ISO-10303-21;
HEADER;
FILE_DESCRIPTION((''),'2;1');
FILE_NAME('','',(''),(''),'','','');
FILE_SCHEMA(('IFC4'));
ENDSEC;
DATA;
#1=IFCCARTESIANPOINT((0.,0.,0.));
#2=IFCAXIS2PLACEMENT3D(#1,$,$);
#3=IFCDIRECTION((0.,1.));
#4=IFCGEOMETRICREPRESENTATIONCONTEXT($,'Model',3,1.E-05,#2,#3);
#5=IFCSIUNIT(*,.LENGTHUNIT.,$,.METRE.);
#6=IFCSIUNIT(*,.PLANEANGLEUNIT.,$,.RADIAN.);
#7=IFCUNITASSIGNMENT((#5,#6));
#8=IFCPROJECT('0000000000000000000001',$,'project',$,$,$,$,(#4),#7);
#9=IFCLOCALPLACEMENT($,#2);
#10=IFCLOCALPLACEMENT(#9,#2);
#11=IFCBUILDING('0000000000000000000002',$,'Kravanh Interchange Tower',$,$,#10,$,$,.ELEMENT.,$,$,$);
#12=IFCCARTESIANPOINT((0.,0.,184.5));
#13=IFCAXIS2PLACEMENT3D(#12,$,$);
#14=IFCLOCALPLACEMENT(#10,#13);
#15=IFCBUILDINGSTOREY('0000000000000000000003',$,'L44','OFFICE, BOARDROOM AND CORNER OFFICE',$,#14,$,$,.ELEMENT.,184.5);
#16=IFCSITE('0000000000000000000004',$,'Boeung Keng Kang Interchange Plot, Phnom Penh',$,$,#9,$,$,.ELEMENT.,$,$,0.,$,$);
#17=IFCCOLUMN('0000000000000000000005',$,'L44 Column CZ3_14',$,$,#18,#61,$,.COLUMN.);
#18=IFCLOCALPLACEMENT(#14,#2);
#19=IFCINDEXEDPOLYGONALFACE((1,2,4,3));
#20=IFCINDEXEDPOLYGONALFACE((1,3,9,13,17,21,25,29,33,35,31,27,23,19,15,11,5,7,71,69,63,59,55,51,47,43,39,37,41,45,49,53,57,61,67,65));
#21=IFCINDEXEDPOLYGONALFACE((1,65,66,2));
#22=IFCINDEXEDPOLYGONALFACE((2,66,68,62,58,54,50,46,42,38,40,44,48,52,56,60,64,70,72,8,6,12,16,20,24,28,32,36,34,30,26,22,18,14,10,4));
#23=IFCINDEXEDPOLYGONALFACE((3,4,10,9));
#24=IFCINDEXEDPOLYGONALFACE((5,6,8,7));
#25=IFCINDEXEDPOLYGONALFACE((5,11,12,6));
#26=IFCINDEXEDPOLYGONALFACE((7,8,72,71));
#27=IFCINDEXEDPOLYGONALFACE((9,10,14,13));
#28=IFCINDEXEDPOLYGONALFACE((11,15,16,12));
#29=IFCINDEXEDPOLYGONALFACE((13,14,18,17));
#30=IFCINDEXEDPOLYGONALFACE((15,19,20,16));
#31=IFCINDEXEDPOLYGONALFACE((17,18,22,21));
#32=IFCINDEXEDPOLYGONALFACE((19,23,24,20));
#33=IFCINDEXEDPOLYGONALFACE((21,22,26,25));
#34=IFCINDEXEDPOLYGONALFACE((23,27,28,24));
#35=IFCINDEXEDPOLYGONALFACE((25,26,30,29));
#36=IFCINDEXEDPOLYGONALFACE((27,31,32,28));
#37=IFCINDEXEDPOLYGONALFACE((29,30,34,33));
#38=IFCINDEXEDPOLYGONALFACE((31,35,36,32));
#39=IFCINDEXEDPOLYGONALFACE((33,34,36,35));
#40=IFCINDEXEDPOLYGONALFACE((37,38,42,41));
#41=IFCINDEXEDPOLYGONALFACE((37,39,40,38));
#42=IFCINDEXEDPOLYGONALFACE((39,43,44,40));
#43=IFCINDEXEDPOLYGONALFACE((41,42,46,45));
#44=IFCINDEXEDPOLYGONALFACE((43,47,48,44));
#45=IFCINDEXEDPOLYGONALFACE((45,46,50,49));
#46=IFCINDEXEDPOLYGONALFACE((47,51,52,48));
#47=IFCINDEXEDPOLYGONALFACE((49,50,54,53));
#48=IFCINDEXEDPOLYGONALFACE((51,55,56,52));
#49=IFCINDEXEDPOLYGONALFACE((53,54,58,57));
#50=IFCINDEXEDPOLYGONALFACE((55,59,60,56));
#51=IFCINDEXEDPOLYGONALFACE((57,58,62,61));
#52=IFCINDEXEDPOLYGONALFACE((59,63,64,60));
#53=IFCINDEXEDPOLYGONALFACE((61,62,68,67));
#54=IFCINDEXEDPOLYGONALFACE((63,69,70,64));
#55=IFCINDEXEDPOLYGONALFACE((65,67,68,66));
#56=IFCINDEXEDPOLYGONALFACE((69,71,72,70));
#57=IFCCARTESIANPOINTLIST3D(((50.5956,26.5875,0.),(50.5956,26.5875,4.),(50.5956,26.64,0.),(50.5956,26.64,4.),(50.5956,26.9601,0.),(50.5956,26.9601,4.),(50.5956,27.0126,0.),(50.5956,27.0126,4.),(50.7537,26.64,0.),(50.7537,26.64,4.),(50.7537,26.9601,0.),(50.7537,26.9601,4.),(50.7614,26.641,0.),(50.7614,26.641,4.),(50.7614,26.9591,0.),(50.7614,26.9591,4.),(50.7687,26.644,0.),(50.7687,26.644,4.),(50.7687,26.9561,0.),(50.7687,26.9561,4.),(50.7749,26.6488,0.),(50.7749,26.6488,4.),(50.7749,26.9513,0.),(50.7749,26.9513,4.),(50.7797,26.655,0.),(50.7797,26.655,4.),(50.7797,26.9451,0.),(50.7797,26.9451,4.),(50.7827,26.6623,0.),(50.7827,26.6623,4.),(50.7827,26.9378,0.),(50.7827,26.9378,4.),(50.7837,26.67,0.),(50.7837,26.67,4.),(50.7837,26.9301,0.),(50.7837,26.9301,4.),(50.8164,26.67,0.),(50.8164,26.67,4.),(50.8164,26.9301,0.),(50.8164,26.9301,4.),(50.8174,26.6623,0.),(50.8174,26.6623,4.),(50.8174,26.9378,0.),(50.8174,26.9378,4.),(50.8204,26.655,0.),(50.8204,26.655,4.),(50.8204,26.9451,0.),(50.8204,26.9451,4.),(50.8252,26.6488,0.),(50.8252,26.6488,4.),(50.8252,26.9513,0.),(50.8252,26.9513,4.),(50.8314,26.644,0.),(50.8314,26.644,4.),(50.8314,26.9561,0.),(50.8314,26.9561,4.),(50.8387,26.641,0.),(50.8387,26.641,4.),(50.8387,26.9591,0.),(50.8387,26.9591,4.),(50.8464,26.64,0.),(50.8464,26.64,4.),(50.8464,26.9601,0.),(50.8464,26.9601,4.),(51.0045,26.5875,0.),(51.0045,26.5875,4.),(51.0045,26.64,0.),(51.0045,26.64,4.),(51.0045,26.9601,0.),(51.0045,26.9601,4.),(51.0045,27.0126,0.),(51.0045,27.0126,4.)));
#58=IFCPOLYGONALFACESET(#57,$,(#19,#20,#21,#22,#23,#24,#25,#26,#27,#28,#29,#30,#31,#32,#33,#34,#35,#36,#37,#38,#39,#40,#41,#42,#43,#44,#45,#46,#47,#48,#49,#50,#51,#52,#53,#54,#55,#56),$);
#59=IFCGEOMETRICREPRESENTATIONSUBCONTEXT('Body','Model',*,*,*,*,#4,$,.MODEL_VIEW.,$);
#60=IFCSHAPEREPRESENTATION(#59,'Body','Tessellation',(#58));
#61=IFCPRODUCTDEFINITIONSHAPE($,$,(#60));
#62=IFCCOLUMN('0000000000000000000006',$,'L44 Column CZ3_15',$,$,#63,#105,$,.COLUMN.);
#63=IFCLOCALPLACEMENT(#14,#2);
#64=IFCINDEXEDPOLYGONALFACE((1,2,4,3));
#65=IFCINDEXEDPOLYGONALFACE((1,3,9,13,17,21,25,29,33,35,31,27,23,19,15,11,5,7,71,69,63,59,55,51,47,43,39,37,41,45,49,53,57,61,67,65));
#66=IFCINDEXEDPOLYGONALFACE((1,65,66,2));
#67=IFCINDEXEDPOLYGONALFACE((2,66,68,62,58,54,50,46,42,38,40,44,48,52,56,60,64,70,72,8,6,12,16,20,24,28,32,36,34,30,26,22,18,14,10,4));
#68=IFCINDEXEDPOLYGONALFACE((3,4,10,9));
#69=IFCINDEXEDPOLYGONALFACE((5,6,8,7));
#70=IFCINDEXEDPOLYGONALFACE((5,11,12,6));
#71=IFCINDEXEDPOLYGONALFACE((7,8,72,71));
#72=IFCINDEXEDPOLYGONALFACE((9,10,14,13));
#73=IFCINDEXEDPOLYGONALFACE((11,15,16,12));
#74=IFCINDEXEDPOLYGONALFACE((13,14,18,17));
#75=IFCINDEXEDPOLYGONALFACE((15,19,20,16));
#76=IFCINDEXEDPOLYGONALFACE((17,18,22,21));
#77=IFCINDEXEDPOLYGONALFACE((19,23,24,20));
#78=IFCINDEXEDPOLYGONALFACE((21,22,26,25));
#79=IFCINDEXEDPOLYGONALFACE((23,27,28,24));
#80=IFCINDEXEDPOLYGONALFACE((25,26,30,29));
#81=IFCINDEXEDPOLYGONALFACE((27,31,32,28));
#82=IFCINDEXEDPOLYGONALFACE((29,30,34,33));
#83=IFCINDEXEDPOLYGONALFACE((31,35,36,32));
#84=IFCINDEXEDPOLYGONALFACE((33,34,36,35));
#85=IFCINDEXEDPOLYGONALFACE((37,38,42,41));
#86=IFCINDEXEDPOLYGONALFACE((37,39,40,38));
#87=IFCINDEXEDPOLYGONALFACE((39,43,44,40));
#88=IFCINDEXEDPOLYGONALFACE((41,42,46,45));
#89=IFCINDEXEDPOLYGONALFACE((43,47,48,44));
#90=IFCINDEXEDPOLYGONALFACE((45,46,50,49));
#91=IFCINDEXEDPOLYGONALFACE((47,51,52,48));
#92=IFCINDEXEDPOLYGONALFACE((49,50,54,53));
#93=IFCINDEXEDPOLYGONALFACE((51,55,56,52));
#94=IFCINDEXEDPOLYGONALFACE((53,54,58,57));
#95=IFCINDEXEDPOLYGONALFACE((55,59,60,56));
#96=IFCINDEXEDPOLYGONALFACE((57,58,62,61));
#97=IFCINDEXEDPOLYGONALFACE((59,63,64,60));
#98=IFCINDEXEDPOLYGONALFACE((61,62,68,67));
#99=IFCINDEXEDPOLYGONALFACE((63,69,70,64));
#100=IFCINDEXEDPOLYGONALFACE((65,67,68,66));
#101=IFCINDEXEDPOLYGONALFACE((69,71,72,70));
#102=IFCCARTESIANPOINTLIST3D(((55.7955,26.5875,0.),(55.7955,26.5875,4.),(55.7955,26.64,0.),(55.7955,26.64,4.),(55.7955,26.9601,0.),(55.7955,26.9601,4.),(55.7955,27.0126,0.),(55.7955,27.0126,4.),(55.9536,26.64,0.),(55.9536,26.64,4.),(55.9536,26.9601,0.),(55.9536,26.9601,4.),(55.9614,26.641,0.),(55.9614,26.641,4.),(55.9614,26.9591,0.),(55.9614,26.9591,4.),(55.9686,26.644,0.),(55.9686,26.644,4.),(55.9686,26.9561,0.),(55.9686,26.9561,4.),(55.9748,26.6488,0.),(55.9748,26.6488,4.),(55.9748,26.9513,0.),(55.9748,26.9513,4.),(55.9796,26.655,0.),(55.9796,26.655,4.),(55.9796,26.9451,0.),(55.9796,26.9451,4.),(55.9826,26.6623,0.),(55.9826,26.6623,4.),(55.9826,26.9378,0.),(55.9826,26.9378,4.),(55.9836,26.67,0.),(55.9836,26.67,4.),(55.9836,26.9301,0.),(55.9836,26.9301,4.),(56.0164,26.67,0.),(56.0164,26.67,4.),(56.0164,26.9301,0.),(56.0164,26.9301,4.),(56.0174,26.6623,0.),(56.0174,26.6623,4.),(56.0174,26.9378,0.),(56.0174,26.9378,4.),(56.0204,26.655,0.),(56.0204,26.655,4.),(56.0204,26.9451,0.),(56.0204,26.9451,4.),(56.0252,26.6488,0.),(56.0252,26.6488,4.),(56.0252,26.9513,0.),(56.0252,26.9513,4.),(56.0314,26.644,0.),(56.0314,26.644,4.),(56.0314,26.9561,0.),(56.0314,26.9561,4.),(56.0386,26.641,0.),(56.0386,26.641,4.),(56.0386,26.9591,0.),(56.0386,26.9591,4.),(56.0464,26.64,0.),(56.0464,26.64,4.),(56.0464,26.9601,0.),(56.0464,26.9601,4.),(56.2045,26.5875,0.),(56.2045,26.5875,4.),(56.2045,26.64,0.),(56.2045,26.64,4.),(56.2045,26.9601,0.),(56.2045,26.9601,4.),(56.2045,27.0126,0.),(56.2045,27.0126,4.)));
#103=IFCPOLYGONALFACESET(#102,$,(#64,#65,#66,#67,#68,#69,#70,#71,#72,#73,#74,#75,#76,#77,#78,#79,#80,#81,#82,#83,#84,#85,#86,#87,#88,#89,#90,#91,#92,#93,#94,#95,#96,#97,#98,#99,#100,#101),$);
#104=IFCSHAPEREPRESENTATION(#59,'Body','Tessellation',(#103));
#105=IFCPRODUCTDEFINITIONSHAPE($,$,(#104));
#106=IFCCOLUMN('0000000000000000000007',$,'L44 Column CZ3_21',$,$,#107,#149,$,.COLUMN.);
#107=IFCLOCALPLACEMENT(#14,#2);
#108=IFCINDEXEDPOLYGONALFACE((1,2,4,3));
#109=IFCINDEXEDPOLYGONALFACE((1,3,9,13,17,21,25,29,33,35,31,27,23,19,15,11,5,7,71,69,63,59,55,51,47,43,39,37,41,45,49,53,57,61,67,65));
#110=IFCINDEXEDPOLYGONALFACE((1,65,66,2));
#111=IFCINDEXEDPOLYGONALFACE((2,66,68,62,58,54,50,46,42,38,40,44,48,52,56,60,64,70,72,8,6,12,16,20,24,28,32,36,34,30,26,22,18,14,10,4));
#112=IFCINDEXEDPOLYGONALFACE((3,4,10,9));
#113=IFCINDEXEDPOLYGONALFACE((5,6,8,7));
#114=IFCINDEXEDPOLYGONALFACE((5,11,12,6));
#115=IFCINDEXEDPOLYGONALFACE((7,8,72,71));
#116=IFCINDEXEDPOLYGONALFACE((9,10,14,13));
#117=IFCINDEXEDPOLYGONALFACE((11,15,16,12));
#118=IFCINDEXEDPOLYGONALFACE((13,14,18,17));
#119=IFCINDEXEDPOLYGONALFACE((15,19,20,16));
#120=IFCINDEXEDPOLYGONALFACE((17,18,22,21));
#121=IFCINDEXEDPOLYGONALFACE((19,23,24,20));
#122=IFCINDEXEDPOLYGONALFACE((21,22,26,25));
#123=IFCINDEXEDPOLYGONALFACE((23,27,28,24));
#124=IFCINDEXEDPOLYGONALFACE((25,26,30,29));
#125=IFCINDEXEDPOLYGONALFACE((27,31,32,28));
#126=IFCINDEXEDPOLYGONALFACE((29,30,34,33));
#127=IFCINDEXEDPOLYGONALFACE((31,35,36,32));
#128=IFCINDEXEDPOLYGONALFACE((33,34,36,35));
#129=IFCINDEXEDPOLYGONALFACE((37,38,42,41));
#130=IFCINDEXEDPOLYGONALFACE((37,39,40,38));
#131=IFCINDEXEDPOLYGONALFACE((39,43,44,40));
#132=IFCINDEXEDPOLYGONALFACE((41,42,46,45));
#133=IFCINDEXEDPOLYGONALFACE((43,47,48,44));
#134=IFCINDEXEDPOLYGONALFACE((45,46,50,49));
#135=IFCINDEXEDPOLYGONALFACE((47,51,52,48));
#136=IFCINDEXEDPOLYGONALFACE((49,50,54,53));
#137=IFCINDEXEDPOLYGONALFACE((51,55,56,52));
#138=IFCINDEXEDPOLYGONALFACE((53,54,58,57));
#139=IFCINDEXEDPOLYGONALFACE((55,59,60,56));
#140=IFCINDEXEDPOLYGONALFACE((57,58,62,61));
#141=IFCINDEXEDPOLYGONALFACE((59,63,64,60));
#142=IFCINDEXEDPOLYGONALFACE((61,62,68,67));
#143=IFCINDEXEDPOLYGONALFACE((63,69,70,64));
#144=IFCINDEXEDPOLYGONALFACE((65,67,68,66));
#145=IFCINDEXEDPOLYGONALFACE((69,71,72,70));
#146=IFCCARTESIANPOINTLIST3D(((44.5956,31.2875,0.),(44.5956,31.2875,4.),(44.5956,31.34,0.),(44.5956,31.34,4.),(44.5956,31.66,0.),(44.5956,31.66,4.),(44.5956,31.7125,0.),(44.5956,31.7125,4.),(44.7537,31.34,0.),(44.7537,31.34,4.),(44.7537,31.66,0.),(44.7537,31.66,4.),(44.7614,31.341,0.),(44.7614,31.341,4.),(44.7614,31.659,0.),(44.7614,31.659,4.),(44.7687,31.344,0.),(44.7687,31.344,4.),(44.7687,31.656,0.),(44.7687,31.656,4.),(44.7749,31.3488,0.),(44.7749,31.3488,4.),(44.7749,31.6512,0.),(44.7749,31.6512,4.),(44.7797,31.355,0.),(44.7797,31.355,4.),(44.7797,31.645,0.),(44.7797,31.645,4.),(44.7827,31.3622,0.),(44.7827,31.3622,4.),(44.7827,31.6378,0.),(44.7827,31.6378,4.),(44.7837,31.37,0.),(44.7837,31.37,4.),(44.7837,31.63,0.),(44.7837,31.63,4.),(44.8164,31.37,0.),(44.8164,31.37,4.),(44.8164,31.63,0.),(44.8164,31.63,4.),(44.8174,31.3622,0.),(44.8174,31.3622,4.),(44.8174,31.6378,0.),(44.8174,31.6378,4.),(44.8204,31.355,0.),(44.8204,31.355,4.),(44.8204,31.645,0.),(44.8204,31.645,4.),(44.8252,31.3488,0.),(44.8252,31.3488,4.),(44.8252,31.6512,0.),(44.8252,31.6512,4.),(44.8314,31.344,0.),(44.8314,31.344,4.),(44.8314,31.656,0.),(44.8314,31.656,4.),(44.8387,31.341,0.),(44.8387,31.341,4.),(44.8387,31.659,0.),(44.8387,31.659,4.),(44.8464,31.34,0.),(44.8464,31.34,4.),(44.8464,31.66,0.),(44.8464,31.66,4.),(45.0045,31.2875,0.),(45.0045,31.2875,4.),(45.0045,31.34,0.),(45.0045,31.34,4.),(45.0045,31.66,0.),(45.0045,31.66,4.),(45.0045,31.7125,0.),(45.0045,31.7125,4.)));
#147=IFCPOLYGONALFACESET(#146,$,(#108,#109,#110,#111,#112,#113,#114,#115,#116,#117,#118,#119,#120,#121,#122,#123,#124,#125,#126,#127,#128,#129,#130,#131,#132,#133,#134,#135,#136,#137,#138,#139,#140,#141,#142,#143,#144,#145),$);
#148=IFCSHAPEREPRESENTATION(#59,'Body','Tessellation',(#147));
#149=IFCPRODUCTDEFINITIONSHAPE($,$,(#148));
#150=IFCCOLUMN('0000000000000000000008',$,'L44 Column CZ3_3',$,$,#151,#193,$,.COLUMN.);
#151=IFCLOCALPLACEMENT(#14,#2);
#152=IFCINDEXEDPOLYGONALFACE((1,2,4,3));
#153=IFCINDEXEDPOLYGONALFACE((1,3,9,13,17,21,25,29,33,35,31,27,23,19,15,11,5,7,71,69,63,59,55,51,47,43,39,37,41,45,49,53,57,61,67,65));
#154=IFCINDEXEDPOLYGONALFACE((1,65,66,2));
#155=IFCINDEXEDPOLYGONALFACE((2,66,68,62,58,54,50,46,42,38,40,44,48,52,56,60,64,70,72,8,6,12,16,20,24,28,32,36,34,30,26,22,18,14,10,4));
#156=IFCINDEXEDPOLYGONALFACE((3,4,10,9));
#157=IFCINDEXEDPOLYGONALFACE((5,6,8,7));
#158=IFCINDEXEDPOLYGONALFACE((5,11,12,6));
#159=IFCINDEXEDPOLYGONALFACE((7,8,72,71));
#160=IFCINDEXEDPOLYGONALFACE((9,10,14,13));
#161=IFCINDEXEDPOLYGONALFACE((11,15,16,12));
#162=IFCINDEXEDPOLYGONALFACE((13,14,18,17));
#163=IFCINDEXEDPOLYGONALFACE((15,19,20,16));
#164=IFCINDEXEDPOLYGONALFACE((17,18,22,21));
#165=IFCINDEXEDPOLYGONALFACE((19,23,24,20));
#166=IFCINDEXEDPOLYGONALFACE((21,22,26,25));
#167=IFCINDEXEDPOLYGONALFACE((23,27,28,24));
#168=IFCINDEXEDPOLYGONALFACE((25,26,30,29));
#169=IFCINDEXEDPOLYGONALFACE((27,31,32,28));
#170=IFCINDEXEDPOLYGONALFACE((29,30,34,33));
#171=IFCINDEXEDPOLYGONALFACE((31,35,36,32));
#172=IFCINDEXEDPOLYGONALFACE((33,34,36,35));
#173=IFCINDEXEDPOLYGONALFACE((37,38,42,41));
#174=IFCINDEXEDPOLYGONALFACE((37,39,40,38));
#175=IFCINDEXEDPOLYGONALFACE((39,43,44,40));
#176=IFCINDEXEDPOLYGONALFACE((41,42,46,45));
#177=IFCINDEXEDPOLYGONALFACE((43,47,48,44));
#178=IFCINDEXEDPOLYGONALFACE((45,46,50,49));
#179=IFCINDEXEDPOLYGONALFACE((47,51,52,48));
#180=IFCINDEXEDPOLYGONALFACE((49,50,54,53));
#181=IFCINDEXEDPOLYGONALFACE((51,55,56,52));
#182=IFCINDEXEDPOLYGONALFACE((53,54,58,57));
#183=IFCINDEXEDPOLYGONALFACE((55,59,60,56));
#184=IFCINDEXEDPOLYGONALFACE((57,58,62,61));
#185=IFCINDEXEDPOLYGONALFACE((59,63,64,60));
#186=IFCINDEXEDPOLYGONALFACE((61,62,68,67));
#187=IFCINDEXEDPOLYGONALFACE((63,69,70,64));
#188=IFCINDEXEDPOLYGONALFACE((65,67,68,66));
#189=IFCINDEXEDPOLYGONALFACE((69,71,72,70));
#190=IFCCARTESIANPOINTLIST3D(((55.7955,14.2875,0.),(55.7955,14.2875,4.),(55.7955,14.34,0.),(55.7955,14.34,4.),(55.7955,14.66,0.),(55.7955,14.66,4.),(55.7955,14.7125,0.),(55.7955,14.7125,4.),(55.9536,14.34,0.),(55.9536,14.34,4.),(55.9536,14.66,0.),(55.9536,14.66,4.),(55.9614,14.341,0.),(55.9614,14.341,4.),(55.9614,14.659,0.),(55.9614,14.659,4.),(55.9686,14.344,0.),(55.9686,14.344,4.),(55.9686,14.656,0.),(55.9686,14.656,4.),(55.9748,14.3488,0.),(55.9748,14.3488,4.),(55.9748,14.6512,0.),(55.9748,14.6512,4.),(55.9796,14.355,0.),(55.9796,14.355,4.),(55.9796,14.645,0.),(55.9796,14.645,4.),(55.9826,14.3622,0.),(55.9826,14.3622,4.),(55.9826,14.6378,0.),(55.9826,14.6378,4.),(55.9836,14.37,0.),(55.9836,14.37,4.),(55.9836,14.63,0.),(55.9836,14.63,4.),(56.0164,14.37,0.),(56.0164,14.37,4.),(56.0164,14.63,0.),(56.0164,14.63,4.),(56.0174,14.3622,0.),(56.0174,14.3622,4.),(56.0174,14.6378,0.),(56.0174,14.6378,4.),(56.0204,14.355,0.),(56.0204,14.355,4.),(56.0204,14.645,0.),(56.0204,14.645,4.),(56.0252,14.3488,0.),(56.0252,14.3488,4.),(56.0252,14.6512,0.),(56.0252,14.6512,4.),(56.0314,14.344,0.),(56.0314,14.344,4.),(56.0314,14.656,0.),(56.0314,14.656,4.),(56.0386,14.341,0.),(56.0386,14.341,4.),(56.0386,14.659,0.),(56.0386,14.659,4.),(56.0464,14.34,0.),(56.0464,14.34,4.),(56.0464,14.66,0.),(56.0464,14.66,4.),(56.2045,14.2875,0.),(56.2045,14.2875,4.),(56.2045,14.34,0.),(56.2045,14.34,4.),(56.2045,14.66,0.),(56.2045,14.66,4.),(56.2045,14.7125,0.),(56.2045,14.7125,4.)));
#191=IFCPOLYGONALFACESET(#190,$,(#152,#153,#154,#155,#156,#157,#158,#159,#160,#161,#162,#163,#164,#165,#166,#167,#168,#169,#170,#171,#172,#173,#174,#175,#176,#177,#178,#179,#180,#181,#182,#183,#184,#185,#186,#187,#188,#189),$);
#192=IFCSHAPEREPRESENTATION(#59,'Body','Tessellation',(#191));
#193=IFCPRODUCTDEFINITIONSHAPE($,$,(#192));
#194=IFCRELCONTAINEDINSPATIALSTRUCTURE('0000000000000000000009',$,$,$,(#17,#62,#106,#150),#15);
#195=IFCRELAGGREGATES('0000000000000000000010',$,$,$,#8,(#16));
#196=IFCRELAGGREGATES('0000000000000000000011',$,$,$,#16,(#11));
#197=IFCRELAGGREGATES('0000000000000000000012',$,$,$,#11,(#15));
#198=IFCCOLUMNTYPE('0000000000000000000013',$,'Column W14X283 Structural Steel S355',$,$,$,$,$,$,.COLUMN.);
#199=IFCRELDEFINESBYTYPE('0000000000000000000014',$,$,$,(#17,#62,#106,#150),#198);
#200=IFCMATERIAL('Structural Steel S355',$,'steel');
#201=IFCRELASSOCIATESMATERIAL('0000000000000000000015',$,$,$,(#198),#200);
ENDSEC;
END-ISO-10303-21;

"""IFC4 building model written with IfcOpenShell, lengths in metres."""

from ifc_helpers import new_model, si_unit, direction, frame, origin, origin_2d, place, context, subcontext, project, spatial, i_section, extrude, material, material_profile, profile_set, type_object, element, save


model = new_model("IFC4")

# Units and contexts
model_context = context("Model", 3, precision=1e-05, world=origin(), true_north=direction((0.0, 1.0)))
body_context = subcontext(model_context, "Body", "Model", "MODEL_VIEW")
ifc_project = project(units=[si_unit("LENGTHUNIT", "METRE"), si_unit("PLANEANGLEUNIT", "RADIAN")], contexts=[model_context])

# Site, building, storey
site_placement = place(None, origin())
site = spatial("IfcSite", under=ifc_project, at=site_placement, Name="Boeung Keng Kang Interchange Plot, Phnom Penh", CompositionType="ELEMENT", RefElevation=0.0)
building_placement = place(site_placement, origin())
building = spatial("IfcBuilding", under=site, at=building_placement, Name="Kravanh Interchange Tower", CompositionType="ELEMENT")
storey_placement = place(building_placement, frame((0.0, 0.0, 184.5)))
storey = spatial("IfcBuildingStorey", under=building, at=storey_placement, Name="L44", Description="OFFICE, BOARDROOM AND CORNER OFFICE", CompositionType="ELEMENT", Elevation=184.5)

# Columns
ifc_material_1 = material(Name="Structural Steel S355", Category="steel")
ifc_material_profile_1 = material_profile(ifc_material_1, i_section(OverallWidth=0.4089, OverallDepth=0.425, WebThickness=0.0327, FlangeThickness=0.0525, FilletRadius=0.03, at=origin_2d()), Name="W14X283")
ifc_profile_set_1 = profile_set([ifc_material_profile_1], Name="Structural Steel S355")
column_type = type_object("IfcColumnType", Name="Column W14X283 Structural Steel S355", PredefinedType="COLUMN", material=ifc_profile_set_1)
for number, where, z_axis, x_axis, name in (
    (1, (50.8, 26.8, 0.0), (0.0, 0.0, 1.0), (1.0, 0.0, 0.0), "L44 Column CZ3_14"),
    (2, (56.0, 26.8, 0.0), (0.0, 0.0, 1.0), (1.0, 0.0, 0.0), "L44 Column CZ3_15"),
    (3, (44.8, 31.5, 0.0), (0.0, 0.0, 1.0), (1.0, 0.0, 0.0), "L44 Column CZ3_21"),
    (4, (56.0, 14.5, 0.0), (0.0, 0.0, 1.0), (1.0, 0.0, 0.0), "L44 Column CZ3_3"),
):
    element("IfcColumn", number, at=place(storey_placement, frame(where, z_axis=z_axis, x_axis=x_axis)), inside=storey, type_object=column_type, Name=name, PredefinedType="COLUMN", context=body_context, shape_type="SweptSolid", body=[
        extrude(i_section(OverallWidth=0.4089, OverallDepth=0.425, WebThickness=0.0327, FlangeThickness=0.0525, FilletRadius=0.03, at=origin_2d()), origin(), (0.0, 0.0, 1.0), 4.0),
    ])

save(model, "model.ifc")
